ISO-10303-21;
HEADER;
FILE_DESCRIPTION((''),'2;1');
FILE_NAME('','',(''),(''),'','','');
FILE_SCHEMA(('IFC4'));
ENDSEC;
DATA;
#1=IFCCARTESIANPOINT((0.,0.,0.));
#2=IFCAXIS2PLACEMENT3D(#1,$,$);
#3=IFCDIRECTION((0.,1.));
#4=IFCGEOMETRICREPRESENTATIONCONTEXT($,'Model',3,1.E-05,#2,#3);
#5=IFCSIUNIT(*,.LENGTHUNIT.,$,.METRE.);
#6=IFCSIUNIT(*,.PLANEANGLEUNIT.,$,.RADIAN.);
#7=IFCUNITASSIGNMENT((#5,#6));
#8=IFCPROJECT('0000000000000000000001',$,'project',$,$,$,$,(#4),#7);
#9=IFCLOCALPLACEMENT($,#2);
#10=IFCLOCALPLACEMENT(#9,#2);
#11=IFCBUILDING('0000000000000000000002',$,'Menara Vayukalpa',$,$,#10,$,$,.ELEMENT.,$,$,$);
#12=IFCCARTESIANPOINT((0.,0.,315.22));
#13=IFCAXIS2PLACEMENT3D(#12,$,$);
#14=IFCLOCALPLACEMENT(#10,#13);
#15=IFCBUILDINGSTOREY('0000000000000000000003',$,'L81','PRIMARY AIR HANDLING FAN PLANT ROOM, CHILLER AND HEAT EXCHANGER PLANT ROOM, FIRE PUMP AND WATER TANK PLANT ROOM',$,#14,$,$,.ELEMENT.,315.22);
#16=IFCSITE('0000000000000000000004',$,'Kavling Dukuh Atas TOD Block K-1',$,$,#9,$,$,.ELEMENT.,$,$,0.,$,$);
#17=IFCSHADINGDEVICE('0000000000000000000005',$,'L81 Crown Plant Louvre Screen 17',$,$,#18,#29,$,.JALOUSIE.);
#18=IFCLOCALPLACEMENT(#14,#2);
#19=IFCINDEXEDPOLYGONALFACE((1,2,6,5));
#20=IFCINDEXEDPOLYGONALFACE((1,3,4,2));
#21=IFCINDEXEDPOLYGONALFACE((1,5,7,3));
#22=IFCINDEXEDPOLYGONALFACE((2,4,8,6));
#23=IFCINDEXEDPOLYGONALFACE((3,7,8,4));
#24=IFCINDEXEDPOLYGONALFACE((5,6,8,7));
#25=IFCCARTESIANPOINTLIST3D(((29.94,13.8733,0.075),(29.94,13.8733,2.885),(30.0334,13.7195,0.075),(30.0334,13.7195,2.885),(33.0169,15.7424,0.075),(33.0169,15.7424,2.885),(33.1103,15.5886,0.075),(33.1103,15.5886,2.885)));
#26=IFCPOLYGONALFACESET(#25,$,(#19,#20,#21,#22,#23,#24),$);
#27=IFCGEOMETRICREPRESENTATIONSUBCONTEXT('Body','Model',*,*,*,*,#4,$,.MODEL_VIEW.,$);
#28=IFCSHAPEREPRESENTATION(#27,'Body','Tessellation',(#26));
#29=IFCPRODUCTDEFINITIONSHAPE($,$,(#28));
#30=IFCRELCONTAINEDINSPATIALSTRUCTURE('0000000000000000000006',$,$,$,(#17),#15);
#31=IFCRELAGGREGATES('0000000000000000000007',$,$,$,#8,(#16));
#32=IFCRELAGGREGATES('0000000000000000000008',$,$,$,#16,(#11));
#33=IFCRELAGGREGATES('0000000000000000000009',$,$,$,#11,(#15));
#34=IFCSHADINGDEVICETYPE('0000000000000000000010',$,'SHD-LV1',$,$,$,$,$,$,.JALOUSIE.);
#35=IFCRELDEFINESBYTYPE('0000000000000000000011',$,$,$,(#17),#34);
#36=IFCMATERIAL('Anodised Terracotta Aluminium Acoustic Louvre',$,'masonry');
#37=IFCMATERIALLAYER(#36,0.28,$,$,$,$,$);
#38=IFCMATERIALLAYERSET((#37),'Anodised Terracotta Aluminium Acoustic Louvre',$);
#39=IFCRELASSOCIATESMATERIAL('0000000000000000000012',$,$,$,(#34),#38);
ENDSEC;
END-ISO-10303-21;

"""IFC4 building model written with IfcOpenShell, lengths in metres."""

from ifc_helpers import new_model, si_unit, direction, frame, origin, origin_2d, place, context, subcontext, project, spatial, rectangle, extrude, material, layer, layer_set, type_object, element, save


model = new_model("IFC4")

# Units and contexts
model_context = context("Model", 3, precision=1e-05, world=origin(), true_north=direction((0.0, 1.0)))
body_context = subcontext(model_context, "Body", "Model", "MODEL_VIEW")
ifc_project = project(units=[si_unit("LENGTHUNIT", "METRE"), si_unit("PLANEANGLEUNIT", "RADIAN")], contexts=[model_context])

# Site, building, storey
site_placement = place(None, origin())
site = spatial("IfcSite", under=ifc_project, at=site_placement, Name="Kavling Dukuh Atas TOD Block K-1", CompositionType="ELEMENT", RefElevation=0.0)
building_placement = place(site_placement, origin())
building = spatial("IfcBuilding", under=site, at=building_placement, Name="Menara Vayukalpa", CompositionType="ELEMENT")
storey_placement = place(building_placement, frame((0.0, 0.0, 315.22)))
storey = spatial("IfcBuildingStorey", under=building, at=storey_placement, Name="L81", Description="PRIMARY AIR HANDLING FAN PLANT ROOM, CHILLER AND HEAT EXCHANGER PLANT ROOM, FIRE PUMP AND WATER TANK PLANT ROOM", CompositionType="ELEMENT", Elevation=315.22)

# Shading device
ifc_material_1 = material(Name="Anodised Terracotta Aluminium Acoustic Louvre", Category="masonry")
ifc_layer_1 = layer(ifc_material_1, 0.28)
ifc_layer_set_1 = layer_set([ifc_layer_1], Name="Anodised Terracotta Aluminium Acoustic Louvre")
shading_device_type = type_object("IfcShadingDeviceType", Name="SHD-LV1", PredefinedType="JALOUSIE", material=ifc_layer_set_1)
shading_device_placement = place(storey_placement, frame((31.5251, 14.731, 0.075), z_axis=(0.0, 0.0, 1.0), x_axis=(0.854667, 0.519176, 0.0)))
element("IfcShadingDevice", 1, at=shading_device_placement, inside=storey, type_object=shading_device_type, Name="L81 Crown Plant Louvre Screen 17", PredefinedType="JALOUSIE", context=body_context, shape_type="SweptSolid", body=[
    extrude(rectangle(XDim=3.6001, YDim=0.1799, at=origin_2d()), origin(), (0.0, 0.0, 1.0), 2.8101),
])

save(model, "model.ifc")
